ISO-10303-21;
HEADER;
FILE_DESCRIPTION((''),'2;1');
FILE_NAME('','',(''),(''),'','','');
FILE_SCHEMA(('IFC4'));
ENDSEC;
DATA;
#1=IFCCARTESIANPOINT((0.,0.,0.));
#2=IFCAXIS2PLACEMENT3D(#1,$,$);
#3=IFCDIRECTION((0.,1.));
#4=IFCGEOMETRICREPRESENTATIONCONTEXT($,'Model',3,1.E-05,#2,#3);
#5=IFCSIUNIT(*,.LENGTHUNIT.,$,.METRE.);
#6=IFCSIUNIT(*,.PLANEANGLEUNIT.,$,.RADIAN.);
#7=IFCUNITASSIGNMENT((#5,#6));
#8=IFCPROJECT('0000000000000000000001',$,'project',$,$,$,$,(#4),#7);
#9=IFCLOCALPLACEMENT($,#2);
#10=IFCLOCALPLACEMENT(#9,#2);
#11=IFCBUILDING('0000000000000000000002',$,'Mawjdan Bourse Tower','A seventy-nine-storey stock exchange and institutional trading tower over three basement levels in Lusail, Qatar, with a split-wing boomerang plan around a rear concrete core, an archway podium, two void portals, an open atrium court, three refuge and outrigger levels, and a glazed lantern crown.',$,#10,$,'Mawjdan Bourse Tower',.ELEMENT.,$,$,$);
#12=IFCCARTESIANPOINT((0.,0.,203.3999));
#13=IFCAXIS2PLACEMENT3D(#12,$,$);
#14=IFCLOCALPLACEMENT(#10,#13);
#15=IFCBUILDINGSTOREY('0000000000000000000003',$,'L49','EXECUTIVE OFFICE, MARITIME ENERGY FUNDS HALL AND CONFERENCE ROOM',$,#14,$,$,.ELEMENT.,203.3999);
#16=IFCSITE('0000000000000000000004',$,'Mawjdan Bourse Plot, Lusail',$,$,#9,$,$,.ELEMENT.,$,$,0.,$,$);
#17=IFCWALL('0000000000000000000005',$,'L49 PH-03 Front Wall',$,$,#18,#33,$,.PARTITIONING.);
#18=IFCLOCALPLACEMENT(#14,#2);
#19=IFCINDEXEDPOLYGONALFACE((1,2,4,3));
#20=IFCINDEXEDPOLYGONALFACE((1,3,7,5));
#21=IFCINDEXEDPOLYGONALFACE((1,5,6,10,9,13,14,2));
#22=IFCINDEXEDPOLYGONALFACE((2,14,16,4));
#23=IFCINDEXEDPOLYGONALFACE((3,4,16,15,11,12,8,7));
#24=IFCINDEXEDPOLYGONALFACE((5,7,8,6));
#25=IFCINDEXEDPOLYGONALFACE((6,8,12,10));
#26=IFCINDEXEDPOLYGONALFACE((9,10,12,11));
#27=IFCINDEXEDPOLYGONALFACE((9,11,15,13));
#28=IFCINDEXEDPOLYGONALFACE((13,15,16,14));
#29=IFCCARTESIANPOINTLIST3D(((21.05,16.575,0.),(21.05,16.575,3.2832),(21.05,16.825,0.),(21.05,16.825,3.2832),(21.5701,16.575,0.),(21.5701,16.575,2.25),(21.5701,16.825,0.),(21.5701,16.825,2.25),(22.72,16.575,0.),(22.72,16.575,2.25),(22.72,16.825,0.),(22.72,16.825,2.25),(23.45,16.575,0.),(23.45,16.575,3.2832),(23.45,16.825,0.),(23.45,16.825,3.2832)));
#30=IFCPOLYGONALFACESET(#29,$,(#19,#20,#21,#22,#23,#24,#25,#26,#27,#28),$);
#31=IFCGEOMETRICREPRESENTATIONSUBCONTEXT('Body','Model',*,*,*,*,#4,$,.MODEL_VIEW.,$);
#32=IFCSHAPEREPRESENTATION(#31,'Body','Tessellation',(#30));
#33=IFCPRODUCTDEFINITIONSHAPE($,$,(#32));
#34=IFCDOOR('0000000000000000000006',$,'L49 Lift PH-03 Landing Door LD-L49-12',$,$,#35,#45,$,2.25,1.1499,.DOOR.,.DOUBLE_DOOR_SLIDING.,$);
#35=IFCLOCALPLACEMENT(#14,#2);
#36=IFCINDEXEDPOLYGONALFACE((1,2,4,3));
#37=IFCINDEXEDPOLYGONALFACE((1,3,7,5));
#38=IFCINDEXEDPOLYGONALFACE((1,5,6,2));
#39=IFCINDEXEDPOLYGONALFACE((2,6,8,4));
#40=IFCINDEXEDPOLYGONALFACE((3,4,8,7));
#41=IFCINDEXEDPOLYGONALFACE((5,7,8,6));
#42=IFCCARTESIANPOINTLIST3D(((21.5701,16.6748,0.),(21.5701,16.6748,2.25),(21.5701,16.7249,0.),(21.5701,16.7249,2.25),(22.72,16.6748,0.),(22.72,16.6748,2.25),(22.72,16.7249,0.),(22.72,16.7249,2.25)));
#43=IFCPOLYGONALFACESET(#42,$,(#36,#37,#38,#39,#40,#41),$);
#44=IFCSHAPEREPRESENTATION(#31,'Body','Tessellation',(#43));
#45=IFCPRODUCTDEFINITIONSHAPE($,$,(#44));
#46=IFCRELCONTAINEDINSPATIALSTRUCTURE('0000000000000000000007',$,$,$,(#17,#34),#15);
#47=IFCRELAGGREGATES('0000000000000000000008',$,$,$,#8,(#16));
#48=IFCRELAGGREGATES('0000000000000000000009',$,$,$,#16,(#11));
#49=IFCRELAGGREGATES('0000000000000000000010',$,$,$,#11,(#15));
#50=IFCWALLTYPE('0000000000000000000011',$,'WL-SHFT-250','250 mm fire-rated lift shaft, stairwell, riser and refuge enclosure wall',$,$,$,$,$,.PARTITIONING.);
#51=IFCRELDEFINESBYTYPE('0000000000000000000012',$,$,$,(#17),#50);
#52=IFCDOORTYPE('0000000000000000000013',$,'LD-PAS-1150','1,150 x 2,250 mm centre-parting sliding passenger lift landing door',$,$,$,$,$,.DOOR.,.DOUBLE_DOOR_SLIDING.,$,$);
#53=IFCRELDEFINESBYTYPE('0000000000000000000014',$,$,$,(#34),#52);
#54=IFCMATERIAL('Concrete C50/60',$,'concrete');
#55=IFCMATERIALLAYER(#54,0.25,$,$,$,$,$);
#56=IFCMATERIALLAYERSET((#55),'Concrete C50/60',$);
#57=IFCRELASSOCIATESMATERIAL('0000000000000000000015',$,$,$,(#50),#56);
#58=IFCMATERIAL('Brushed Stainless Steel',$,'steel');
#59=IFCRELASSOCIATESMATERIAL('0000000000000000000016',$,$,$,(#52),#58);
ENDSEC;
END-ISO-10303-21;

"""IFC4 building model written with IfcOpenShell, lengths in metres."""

from ifc_helpers import new_model, si_unit, direction, frame, frame_2d, origin, place, context, subcontext, project, spatial, rectangle, extrude, material, layer, layer_set, type_object, element, fill, save


model = new_model("IFC4")

# Units and contexts
model_context = context("Model", 3, precision=1e-05, world=origin(), true_north=direction((0.0, 1.0)))
body_context = subcontext(model_context, "Body", "Model", "MODEL_VIEW")
ifc_project = project(units=[si_unit("LENGTHUNIT", "METRE"), si_unit("PLANEANGLEUNIT", "RADIAN")], contexts=[model_context])

# Site, building, storey
site_placement = place(None, origin())
site = spatial("IfcSite", under=ifc_project, at=site_placement, Name="Mawjdan Bourse Plot, Lusail", CompositionType="ELEMENT", RefElevation=0.0)
building_placement = place(site_placement, origin())
building = spatial("IfcBuilding", under=site, at=building_placement, Name="Mawjdan Bourse Tower", Description="A seventy-nine-storey stock exchange and institutional trading tower over three basement levels in Lusail, Qatar, with a split-wing boomerang plan around a rear concrete core, an archway podium, two void portals, an open atrium court, three refuge and outrigger levels, and a glazed lantern crown.", LongName="Mawjdan Bourse Tower", CompositionType="ELEMENT")
storey_placement = place(building_placement, frame((0.0, 0.0, 203.3999)))
storey = spatial("IfcBuildingStorey", under=building, at=storey_placement, Name="L49", Description="EXECUTIVE OFFICE, MARITIME ENERGY FUNDS HALL AND CONFERENCE ROOM", CompositionType="ELEMENT", Elevation=203.3999)

# Shared definitions
ifc_material_1 = material(Name="Concrete C50/60", Category="concrete")
ifc_layer_1 = layer(ifc_material_1, 0.25)
ifc_layer_set_1 = layer_set([ifc_layer_1], Name="Concrete C50/60")
wall_type_1 = type_object("IfcWallType", Name="WL-SHFT-250", Description="250 mm fire-rated lift shaft, stairwell, riser and refuge enclosure wall", PredefinedType="PARTITIONING", material=ifc_layer_set_1)

# Shared definitions
ifc_material_2 = material(Name="Brushed Stainless Steel", Category="steel")
door_type_1 = type_object("IfcDoorType", Name="LD-PAS-1150", Description="1,150 x 2,250 mm centre-parting sliding passenger lift landing door", OperationType="DOUBLE_DOOR_SLIDING", PredefinedType="DOOR", material=ifc_material_2)

# Wall, opening, door
wall_1_placement = place(storey_placement, frame((21.05, 16.7, 0.0), z_axis=(0.0, 0.0, 1.0), x_axis=(1.0, 0.0, 0.0)))
wall_1 = element("IfcWall", 1, at=wall_1_placement, inside=storey, type_object=wall_type_1, Name="L49 PH-03 Front Wall", PredefinedType="PARTITIONING", context=body_context, shape_type="SweptSolid", body=[
    extrude(rectangle(XDim=2.3999, YDim=0.25, at=frame_2d((1.2, 0.0))), origin(), (0.0, 0.0, 1.0), 3.2832),
])
opening_1_placement = place(wall_1_placement, frame((0.52, 0.0, 0.0)))
opening_1 = element("IfcOpeningElement", 2, at=opening_1_placement, cuts=wall_1, PredefinedType="OPENING", context=body_context, shape_type="SweptSolid", body=[
    extrude(rectangle(XDim=1.1499, YDim=2.25, at=frame_2d((0.575, 1.125))), frame((0.0, 0.135, 0.0), z_axis=(0.0, -1.0, 0.0), x_axis=(1.0, 0.0, 0.0)), (0.0, 0.0, 1.0), 0.27),
])
door_1_placement = place(opening_1_placement, origin())
door_1 = element("IfcDoor", 3, at=door_1_placement, inside=storey, type_object=door_type_1, Name="L49 Lift PH-03 Landing Door LD-L49-12", OperationType="DOUBLE_DOOR_SLIDING", OverallHeight=2.25, OverallWidth=1.1499, PredefinedType="DOOR", context=body_context, shape_type="SweptSolid", body=[
    extrude(rectangle(XDim=1.1499, YDim=2.25, at=frame_2d((0.575, 1.125))), frame((0.0, 0.0249, 0.0), z_axis=(0.0, -1.0, 0.0), x_axis=(1.0, 0.0, 0.0)), (0.0, 0.0, 1.0), 0.05),
])
fill(opening_1, door_1)

save(model, "model.ifc")
